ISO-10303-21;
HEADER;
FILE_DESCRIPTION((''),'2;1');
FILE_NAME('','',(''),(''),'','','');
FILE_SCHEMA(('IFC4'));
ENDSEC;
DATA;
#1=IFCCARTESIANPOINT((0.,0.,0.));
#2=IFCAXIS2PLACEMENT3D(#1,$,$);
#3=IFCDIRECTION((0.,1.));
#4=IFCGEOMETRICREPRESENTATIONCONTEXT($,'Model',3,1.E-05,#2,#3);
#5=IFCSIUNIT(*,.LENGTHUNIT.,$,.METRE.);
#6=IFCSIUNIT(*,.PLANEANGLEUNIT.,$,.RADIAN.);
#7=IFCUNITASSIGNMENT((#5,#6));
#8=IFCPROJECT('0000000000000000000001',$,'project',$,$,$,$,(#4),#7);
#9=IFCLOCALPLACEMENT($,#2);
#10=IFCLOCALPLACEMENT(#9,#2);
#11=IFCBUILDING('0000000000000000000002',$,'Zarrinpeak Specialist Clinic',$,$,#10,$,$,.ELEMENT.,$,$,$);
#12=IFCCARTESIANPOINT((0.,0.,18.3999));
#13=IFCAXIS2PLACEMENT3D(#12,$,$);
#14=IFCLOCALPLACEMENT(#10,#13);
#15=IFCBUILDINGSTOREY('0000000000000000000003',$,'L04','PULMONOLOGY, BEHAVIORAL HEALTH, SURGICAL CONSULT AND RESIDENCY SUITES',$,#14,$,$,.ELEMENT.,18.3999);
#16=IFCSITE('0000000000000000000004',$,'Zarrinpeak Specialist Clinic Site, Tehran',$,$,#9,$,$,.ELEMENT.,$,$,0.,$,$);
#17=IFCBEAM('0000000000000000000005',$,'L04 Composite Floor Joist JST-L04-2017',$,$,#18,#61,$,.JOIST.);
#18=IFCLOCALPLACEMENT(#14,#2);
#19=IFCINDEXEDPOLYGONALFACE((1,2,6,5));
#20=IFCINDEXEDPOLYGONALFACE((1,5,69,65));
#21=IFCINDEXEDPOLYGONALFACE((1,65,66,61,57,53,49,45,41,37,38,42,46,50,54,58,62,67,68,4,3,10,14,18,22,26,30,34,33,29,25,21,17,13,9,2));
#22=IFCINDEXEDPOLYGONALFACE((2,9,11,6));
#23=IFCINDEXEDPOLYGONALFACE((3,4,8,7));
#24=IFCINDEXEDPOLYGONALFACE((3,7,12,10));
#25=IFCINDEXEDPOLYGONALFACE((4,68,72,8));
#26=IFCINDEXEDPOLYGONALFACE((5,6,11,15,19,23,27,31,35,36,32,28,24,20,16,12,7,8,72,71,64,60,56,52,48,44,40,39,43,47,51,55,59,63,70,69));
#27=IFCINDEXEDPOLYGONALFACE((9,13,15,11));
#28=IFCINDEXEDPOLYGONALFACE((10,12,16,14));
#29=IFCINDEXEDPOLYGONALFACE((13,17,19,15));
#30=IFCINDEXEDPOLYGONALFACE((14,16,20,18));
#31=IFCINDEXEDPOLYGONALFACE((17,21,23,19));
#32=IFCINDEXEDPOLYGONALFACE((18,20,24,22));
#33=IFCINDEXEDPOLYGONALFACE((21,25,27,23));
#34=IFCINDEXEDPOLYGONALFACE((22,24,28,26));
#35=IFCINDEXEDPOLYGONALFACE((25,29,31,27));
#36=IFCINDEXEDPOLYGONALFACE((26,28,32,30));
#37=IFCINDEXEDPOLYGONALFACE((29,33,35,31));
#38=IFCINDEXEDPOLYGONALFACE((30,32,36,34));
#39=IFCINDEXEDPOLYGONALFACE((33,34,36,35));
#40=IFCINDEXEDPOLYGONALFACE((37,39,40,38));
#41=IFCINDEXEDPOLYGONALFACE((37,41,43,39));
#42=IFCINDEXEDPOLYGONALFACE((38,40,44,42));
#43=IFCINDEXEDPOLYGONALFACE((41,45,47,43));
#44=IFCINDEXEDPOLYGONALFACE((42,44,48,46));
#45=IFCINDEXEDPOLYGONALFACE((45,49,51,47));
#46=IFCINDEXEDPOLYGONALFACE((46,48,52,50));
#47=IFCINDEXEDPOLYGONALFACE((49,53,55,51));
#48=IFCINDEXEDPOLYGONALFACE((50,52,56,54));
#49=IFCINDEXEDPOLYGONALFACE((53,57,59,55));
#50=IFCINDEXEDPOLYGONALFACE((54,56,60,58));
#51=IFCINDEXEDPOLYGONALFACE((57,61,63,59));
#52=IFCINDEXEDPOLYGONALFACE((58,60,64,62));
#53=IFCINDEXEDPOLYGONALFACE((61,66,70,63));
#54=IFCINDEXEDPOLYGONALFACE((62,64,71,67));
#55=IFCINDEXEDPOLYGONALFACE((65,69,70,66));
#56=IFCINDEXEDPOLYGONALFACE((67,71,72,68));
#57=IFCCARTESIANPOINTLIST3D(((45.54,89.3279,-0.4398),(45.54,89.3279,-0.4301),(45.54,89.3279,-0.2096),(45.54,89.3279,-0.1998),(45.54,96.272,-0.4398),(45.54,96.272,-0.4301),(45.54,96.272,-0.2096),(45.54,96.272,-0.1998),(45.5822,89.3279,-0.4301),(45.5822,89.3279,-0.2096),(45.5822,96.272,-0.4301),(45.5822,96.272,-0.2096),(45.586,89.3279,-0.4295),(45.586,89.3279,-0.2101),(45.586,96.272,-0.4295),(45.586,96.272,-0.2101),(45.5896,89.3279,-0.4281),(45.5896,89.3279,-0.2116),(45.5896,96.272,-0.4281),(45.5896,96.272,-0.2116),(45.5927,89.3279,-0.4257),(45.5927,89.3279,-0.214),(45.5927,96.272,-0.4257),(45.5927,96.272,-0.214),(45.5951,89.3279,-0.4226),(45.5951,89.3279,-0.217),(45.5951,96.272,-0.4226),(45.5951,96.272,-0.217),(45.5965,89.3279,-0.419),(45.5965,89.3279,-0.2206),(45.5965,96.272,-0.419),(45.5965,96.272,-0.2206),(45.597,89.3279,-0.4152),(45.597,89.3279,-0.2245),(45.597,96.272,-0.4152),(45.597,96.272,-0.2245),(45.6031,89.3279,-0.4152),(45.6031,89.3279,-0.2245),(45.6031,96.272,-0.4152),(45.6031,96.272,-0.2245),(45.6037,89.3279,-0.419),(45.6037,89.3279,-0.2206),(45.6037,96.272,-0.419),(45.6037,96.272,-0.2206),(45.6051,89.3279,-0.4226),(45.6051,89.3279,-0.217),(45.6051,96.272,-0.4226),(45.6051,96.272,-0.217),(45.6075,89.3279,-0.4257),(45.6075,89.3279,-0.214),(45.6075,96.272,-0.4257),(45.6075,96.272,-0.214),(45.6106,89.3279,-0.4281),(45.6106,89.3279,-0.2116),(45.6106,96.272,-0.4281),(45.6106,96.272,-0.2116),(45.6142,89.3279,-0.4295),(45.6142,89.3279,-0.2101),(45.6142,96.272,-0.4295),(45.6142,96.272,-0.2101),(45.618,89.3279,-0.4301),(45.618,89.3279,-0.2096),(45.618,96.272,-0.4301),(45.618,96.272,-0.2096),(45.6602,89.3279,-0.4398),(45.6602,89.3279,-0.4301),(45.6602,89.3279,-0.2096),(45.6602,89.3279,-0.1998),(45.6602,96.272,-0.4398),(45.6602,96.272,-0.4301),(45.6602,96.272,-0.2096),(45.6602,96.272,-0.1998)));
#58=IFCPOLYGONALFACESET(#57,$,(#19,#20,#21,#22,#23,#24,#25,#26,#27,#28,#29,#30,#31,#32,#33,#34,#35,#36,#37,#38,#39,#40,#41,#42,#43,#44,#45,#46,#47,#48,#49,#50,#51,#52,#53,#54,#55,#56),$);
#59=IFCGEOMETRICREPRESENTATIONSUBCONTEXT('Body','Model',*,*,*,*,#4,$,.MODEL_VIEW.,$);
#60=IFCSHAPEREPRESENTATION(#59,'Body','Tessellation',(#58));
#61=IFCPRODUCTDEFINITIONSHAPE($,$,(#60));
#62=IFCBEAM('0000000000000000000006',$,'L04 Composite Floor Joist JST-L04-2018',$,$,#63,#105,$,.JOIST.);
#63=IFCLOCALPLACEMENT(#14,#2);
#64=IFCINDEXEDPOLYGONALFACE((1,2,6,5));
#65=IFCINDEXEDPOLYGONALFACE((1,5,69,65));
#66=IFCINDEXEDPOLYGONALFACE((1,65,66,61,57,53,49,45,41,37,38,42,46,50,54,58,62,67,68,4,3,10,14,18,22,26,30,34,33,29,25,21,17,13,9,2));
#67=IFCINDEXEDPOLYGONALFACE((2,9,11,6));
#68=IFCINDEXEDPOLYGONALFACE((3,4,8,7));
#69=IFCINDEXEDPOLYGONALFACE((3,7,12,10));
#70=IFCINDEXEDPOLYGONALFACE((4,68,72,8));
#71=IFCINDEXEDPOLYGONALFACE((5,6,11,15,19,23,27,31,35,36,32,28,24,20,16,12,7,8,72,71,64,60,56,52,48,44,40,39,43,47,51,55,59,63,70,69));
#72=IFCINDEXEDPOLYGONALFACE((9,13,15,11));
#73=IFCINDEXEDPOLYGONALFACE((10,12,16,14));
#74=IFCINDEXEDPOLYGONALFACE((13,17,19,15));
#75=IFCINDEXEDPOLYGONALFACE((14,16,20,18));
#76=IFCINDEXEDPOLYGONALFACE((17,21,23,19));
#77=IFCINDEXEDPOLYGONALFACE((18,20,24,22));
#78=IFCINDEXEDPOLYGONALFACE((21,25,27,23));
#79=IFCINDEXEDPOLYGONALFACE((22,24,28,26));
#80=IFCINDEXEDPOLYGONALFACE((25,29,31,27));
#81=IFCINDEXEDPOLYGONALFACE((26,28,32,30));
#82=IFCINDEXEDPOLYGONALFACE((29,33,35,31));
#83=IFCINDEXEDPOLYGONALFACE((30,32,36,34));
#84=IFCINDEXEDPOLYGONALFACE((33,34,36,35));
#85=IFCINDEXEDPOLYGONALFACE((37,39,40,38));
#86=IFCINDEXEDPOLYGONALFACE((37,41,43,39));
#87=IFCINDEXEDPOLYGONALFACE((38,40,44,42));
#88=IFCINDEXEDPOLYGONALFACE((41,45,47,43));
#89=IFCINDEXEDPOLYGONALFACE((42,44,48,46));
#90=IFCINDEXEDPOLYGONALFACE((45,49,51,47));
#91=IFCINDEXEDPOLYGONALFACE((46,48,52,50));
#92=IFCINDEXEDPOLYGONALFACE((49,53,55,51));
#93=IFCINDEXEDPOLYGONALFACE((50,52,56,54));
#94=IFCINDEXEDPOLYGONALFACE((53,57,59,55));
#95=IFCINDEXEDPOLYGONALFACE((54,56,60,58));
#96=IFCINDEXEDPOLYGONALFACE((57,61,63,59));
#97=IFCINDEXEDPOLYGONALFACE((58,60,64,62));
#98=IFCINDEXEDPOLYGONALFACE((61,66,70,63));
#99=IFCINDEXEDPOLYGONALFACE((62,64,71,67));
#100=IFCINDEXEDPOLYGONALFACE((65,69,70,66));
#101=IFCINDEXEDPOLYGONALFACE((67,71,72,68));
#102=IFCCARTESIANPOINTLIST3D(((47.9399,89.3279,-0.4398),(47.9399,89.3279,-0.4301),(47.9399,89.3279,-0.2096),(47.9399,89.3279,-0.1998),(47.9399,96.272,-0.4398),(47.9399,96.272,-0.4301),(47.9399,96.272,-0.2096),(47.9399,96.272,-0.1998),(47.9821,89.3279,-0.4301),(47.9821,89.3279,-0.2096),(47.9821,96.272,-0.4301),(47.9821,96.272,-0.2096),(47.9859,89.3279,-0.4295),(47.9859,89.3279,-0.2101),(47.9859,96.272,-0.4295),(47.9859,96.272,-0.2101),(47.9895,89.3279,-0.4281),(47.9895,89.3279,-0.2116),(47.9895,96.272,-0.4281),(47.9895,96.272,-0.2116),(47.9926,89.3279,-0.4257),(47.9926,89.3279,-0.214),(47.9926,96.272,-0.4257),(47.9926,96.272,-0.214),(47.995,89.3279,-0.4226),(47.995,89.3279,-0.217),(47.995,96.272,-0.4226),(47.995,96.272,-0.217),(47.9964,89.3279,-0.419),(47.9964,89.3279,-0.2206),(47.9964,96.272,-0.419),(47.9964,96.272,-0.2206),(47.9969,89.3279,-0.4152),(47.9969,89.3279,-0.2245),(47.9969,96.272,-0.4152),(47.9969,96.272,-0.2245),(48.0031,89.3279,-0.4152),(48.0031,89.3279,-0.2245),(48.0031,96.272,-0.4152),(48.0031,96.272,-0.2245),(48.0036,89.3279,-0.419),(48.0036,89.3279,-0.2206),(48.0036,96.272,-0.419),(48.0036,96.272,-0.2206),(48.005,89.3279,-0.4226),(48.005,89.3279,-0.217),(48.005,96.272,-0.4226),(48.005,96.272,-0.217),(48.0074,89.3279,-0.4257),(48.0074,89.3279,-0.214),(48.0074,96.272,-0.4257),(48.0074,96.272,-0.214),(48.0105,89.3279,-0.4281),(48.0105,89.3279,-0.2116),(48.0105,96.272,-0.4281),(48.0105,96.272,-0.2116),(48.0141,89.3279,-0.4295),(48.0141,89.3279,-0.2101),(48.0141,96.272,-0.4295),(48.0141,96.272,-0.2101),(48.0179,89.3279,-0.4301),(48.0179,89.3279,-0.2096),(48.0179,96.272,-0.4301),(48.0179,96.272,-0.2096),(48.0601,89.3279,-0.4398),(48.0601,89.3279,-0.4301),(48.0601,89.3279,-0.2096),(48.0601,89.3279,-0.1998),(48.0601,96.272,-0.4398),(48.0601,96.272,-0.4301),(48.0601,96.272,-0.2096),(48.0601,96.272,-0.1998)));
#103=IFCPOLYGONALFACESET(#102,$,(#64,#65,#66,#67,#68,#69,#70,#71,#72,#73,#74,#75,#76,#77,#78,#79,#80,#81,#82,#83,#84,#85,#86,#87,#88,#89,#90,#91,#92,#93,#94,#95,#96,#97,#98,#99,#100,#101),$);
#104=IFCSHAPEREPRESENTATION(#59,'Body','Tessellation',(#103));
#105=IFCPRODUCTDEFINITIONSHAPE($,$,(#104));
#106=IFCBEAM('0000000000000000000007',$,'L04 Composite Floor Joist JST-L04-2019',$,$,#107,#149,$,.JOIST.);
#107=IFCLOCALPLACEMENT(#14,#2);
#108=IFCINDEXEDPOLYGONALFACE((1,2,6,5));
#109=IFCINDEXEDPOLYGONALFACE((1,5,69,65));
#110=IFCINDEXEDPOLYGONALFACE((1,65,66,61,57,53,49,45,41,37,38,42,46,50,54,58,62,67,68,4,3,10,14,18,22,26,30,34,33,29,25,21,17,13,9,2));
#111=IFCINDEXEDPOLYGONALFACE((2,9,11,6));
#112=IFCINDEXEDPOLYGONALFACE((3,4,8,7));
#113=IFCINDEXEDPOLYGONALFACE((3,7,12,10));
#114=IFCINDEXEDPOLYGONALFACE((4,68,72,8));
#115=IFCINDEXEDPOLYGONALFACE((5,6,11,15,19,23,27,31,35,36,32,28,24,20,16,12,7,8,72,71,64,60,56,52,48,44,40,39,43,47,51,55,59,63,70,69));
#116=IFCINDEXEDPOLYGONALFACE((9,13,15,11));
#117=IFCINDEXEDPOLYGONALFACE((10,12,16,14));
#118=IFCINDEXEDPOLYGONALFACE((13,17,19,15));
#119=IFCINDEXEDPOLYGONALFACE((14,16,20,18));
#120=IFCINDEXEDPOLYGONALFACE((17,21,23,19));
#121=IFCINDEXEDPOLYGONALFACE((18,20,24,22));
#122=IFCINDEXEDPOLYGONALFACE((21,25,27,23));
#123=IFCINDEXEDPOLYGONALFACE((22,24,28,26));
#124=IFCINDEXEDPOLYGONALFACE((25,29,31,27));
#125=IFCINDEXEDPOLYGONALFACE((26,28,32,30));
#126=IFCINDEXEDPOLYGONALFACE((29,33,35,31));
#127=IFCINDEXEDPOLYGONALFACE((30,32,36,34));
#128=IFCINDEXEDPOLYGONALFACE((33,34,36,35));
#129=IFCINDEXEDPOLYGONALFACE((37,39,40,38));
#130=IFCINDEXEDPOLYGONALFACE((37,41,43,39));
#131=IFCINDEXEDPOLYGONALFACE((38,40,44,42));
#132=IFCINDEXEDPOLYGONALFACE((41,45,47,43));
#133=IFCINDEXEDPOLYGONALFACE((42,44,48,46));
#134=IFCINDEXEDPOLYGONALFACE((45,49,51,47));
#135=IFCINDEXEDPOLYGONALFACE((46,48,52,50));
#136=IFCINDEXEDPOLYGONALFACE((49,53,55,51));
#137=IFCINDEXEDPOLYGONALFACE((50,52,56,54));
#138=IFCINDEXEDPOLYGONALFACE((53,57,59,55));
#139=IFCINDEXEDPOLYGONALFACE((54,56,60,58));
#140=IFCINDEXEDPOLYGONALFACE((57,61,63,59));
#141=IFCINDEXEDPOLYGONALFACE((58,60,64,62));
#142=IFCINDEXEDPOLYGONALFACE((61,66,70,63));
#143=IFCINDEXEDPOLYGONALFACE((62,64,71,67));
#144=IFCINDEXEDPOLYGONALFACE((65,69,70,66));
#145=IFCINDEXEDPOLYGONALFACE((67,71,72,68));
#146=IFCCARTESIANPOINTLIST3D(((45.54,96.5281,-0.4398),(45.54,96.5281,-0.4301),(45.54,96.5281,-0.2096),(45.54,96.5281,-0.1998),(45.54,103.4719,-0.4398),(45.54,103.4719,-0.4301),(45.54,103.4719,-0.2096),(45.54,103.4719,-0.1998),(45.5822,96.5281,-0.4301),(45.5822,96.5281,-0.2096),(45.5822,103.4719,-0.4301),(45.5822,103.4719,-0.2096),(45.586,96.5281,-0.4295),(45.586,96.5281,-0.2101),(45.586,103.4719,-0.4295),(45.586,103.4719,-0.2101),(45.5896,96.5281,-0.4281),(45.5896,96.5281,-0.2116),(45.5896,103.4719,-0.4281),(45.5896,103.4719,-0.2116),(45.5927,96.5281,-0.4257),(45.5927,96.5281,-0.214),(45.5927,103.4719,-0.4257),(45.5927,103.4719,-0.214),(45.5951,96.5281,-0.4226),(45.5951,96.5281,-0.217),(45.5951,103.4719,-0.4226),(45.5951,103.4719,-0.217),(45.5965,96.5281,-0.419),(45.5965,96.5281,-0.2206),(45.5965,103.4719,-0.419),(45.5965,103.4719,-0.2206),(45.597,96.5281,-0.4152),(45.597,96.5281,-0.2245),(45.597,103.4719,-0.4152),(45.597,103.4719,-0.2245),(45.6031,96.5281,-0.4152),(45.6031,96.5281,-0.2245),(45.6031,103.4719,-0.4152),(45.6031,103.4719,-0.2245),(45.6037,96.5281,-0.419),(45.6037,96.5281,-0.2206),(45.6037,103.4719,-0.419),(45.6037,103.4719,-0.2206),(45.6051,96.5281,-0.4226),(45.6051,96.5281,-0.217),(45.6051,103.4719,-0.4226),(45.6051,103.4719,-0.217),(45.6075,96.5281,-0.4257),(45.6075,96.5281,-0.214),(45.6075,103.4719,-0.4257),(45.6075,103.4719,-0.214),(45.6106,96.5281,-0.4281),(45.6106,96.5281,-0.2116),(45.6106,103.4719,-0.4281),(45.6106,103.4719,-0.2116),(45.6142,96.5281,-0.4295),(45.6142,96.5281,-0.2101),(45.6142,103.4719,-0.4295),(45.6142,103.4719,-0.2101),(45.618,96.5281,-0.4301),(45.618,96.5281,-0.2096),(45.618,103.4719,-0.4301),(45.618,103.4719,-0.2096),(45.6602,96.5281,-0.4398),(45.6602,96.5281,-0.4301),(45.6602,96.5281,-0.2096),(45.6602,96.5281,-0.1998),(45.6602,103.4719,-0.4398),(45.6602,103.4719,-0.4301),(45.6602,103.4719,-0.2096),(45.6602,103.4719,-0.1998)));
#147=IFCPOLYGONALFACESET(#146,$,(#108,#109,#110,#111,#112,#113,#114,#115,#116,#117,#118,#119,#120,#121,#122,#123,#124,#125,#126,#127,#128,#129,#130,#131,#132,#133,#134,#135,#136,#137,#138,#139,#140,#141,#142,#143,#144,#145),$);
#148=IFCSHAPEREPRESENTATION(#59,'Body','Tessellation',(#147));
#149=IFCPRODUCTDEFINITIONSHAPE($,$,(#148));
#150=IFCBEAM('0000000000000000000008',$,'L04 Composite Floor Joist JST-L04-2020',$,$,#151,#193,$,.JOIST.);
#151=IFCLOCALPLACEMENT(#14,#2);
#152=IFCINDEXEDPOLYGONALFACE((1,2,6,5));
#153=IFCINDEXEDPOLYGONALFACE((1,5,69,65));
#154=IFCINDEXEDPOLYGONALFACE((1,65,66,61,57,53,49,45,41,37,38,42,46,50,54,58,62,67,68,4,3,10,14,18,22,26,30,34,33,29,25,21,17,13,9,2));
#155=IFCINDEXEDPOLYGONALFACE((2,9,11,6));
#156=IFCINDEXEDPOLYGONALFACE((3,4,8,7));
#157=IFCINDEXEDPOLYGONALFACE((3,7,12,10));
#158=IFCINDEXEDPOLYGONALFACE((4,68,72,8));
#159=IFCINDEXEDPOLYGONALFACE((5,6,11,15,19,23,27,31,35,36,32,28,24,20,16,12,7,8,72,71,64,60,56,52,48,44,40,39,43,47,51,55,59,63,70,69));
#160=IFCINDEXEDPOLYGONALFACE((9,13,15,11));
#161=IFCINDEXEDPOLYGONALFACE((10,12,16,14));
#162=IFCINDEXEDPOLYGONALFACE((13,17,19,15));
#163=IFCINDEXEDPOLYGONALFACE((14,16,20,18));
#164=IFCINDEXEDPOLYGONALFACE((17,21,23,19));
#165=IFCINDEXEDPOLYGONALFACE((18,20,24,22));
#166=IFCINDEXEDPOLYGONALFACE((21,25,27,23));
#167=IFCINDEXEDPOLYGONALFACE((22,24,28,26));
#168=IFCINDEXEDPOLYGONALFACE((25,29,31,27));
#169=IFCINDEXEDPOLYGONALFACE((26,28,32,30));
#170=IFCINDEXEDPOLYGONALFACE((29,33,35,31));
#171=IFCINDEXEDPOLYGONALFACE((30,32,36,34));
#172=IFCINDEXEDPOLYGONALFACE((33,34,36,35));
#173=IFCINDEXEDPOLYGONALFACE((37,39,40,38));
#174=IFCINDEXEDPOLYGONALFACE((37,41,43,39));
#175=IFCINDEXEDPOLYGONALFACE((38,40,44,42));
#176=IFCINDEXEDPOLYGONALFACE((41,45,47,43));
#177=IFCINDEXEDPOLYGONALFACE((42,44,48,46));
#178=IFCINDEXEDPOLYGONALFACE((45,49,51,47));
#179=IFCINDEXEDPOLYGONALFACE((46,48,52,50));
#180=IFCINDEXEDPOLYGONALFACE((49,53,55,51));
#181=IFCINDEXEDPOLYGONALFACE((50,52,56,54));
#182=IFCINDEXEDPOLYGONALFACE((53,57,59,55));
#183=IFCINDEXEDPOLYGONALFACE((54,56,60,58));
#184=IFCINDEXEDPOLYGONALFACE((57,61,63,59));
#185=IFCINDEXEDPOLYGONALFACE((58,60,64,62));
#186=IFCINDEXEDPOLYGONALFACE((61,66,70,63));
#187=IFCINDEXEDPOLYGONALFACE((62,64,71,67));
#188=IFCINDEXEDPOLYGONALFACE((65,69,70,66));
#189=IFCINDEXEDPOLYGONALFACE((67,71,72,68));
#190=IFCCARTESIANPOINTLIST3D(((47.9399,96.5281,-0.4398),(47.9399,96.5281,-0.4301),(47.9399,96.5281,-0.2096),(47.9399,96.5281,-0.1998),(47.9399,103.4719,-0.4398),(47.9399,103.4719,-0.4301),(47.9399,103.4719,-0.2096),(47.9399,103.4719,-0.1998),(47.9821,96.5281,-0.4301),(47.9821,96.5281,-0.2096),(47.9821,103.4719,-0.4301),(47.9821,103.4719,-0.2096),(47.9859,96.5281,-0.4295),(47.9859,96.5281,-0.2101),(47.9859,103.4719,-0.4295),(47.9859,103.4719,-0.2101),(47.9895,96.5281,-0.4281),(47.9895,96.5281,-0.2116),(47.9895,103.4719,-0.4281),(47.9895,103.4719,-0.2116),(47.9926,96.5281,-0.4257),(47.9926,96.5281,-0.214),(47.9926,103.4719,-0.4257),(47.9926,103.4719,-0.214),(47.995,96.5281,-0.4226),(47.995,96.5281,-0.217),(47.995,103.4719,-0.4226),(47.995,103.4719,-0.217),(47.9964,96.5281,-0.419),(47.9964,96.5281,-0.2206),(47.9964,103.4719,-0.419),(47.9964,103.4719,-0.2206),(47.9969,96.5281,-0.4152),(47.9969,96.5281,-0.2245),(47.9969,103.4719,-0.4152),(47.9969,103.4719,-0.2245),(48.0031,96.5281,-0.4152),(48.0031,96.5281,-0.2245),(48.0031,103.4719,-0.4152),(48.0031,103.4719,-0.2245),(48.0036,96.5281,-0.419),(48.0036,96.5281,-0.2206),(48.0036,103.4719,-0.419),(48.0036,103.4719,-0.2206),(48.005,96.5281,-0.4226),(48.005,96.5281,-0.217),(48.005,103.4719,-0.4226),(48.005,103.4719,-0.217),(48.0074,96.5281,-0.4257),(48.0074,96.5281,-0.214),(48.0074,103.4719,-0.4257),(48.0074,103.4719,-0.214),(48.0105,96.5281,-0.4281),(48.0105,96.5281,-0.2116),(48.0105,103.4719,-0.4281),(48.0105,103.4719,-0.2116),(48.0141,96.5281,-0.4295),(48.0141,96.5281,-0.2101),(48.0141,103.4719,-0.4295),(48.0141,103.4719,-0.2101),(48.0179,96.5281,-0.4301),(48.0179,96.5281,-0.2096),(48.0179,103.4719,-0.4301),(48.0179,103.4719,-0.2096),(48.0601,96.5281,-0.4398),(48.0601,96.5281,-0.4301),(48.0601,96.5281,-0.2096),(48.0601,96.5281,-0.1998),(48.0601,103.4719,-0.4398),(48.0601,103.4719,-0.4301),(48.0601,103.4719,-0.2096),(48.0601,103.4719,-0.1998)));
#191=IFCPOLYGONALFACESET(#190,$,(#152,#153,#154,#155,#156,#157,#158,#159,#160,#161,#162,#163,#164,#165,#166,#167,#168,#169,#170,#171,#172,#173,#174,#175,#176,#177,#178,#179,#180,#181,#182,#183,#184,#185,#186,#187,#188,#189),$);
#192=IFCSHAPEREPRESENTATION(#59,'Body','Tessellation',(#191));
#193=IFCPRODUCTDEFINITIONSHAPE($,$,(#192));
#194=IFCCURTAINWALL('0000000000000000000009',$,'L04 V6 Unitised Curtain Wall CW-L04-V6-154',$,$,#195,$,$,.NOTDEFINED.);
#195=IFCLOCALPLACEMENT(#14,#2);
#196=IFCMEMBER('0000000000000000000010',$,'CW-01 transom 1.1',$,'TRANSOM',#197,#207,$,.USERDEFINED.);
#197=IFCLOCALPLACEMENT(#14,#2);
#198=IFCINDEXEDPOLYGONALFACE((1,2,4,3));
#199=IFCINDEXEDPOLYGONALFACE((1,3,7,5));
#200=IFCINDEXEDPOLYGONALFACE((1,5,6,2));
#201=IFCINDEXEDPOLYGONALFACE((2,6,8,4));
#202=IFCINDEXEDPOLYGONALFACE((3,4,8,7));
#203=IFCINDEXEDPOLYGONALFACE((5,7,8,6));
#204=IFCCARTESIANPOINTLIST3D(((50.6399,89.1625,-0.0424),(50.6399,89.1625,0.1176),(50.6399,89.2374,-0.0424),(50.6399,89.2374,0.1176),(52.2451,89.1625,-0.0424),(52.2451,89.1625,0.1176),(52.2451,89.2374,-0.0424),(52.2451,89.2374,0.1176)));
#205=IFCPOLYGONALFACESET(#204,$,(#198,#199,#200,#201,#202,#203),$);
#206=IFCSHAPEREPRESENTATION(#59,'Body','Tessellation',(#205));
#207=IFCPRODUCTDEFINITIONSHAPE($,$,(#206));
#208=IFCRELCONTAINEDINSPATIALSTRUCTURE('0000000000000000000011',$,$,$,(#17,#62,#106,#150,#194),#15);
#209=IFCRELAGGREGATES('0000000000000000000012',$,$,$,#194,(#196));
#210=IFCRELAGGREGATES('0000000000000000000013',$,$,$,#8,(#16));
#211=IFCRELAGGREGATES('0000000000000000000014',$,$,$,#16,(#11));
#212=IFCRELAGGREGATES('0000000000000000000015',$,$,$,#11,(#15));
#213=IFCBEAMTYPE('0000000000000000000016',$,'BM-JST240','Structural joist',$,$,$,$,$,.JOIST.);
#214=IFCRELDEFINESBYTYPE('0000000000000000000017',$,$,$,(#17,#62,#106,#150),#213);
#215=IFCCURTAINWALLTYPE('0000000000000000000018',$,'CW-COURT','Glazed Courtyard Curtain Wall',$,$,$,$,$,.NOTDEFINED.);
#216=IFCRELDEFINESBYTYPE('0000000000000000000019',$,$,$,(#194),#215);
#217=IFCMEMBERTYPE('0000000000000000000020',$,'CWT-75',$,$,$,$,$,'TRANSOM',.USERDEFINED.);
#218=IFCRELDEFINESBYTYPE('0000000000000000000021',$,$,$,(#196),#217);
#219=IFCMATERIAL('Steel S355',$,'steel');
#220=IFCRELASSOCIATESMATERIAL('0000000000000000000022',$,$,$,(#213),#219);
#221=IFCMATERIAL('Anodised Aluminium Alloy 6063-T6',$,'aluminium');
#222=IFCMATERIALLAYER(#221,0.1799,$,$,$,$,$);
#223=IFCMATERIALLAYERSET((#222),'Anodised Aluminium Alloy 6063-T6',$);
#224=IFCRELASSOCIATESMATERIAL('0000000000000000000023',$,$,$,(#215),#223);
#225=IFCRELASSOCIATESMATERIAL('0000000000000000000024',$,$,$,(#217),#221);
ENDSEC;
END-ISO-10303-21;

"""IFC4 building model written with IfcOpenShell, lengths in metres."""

from ifc_helpers import new_model, si_unit, direction, frame, origin, origin_2d, place, context, subcontext, project, spatial, rectangle, i_section, extrude, material, layer, layer_set, material_profile, profile_set, type_object, element, aggregate, save


model = new_model("IFC4")

# Units and contexts
model_context = context("Model", 3, precision=1e-05, world=origin(), true_north=direction((0.0, 1.0)))
body_context = subcontext(model_context, "Body", "Model", "MODEL_VIEW")
ifc_project = project(units=[si_unit("LENGTHUNIT", "METRE"), si_unit("PLANEANGLEUNIT", "RADIAN")], contexts=[model_context])

# Site, building, storey
site_placement = place(None, origin())
site = spatial("IfcSite", under=ifc_project, at=site_placement, Name="Zarrinpeak Specialist Clinic Site, Tehran", CompositionType="ELEMENT", RefElevation=0.0)
building_placement = place(site_placement, origin())
building = spatial("IfcBuilding", under=site, at=building_placement, Name="Zarrinpeak Specialist Clinic", CompositionType="ELEMENT")
storey_placement = place(building_placement, frame((0.0, 0.0, 18.3999)))
storey = spatial("IfcBuildingStorey", under=building, at=storey_placement, Name="L04", Description="PULMONOLOGY, BEHAVIORAL HEALTH, SURGICAL CONSULT AND RESIDENCY SUITES", CompositionType="ELEMENT", Elevation=18.3999)

# Shared definitions
ifc_material_1 = material(Name="Steel S355", Category="steel")

# Beams
ifc_material_profile_1 = material_profile(ifc_material_1, i_section(OverallWidth=0.1201, OverallDepth=0.24, WebThickness=0.0061, FlangeThickness=0.0098, FilletRadius=0.0149, at=origin_2d()), Name="IPE 240")
ifc_profile_set_1 = profile_set([ifc_material_profile_1], Name="Steel S355")
beam_type_1 = type_object("IfcBeamType", Name="BM-JST240", Description="Structural joist", PredefinedType="JOIST", material=ifc_profile_set_1)
for number, where, z_axis, x_axis, name in (
    (1, (45.6001, 89.3279, -0.3198), (0.0, 1.0, 0.0), (-1.0, 0.0, 0.0), "L04 Composite Floor Joist JST-L04-2017"),
    (2, (48.0, 89.3279, -0.3198), (0.0, 1.0, 0.0), (-1.0, 0.0, 0.0), "L04 Composite Floor Joist JST-L04-2018"),
):
    element("IfcBeam", number, at=place(storey_placement, frame(where, z_axis=z_axis, x_axis=x_axis)), inside=storey, type_object=beam_type_1, Name=name, PredefinedType="JOIST", context=body_context, shape_type="SweptSolid", body=[
        extrude(i_section(OverallWidth=0.1201, OverallDepth=0.24, WebThickness=0.0061, FlangeThickness=0.0098, FilletRadius=0.0149, at=origin_2d()), origin(), (0.0, 0.0, 1.0), 6.9441),
    ])
for number, where, z_axis, x_axis, name in (
    (3, (45.6001, 96.5281, -0.3198), (0.0, 1.0, 0.0), (-1.0, 0.0, 0.0), "L04 Composite Floor Joist JST-L04-2019"),
    (4, (48.0, 96.5281, -0.3198), (0.0, 1.0, 0.0), (-1.0, 0.0, 0.0), "L04 Composite Floor Joist JST-L04-2020"),
):
    element("IfcBeam", number, at=place(storey_placement, frame(where, z_axis=z_axis, x_axis=x_axis)), inside=storey, type_object=beam_type_1, Name=name, PredefinedType="JOIST", context=body_context, shape_type="SweptSolid", body=[
        extrude(i_section(OverallWidth=0.1201, OverallDepth=0.24, WebThickness=0.0061, FlangeThickness=0.0098, FilletRadius=0.0149, at=origin_2d()), origin(), (0.0, 0.0, 1.0), 6.9438),
    ])

# Curtain wall, member
ifc_material_2 = material(Name="Anodised Aluminium Alloy 6063-T6", Category="aluminium")
ifc_layer_1 = layer(ifc_material_2, 0.1799)
ifc_layer_set_1 = layer_set([ifc_layer_1], Name="Anodised Aluminium Alloy 6063-T6")
curtain_wall_type = type_object("IfcCurtainWallType", Name="CW-COURT", Description="Glazed Courtyard Curtain Wall", PredefinedType="NOTDEFINED", material=ifc_layer_set_1)
curtain_wall_placement = place(storey_placement, origin())
curtain_wall = element("IfcCurtainWall", 5, at=curtain_wall_placement, inside=storey, type_object=curtain_wall_type, Name="L04 V6 Unitised Curtain Wall CW-L04-V6-154", PredefinedType="NOTDEFINED")
ifc_material_profile_2 = material_profile(ifc_material_2, rectangle(XDim=0.075, YDim=0.1599, at=origin_2d()), Name="ALU 75x160")
ifc_profile_set_2 = profile_set([ifc_material_profile_2], Name="Anodised Aluminium Alloy 6063-T6")
member_type_1 = type_object("IfcMemberType", Name="CWT-75", ElementType="TRANSOM", PredefinedType="USERDEFINED", material=ifc_profile_set_2)
member_1_placement = place(storey_placement, frame((50.6399, 89.2, 0.0376), z_axis=(1.0, 0.0, 0.0), x_axis=(0.0, 1.0, 0.0)))
member_1 = element("IfcMember", 6, at=member_1_placement, type_object=member_type_1, Name="CW-01 transom 1.1", ObjectType="TRANSOM", PredefinedType="USERDEFINED", context=body_context, shape_type="SweptSolid", body=[
    extrude(rectangle(XDim=0.075, YDim=0.1599, at=origin_2d()), origin(), (0.0, 0.0, 1.0), 1.6052),
])
aggregate(curtain_wall, [member_1])

save(model, "model.ifc")
